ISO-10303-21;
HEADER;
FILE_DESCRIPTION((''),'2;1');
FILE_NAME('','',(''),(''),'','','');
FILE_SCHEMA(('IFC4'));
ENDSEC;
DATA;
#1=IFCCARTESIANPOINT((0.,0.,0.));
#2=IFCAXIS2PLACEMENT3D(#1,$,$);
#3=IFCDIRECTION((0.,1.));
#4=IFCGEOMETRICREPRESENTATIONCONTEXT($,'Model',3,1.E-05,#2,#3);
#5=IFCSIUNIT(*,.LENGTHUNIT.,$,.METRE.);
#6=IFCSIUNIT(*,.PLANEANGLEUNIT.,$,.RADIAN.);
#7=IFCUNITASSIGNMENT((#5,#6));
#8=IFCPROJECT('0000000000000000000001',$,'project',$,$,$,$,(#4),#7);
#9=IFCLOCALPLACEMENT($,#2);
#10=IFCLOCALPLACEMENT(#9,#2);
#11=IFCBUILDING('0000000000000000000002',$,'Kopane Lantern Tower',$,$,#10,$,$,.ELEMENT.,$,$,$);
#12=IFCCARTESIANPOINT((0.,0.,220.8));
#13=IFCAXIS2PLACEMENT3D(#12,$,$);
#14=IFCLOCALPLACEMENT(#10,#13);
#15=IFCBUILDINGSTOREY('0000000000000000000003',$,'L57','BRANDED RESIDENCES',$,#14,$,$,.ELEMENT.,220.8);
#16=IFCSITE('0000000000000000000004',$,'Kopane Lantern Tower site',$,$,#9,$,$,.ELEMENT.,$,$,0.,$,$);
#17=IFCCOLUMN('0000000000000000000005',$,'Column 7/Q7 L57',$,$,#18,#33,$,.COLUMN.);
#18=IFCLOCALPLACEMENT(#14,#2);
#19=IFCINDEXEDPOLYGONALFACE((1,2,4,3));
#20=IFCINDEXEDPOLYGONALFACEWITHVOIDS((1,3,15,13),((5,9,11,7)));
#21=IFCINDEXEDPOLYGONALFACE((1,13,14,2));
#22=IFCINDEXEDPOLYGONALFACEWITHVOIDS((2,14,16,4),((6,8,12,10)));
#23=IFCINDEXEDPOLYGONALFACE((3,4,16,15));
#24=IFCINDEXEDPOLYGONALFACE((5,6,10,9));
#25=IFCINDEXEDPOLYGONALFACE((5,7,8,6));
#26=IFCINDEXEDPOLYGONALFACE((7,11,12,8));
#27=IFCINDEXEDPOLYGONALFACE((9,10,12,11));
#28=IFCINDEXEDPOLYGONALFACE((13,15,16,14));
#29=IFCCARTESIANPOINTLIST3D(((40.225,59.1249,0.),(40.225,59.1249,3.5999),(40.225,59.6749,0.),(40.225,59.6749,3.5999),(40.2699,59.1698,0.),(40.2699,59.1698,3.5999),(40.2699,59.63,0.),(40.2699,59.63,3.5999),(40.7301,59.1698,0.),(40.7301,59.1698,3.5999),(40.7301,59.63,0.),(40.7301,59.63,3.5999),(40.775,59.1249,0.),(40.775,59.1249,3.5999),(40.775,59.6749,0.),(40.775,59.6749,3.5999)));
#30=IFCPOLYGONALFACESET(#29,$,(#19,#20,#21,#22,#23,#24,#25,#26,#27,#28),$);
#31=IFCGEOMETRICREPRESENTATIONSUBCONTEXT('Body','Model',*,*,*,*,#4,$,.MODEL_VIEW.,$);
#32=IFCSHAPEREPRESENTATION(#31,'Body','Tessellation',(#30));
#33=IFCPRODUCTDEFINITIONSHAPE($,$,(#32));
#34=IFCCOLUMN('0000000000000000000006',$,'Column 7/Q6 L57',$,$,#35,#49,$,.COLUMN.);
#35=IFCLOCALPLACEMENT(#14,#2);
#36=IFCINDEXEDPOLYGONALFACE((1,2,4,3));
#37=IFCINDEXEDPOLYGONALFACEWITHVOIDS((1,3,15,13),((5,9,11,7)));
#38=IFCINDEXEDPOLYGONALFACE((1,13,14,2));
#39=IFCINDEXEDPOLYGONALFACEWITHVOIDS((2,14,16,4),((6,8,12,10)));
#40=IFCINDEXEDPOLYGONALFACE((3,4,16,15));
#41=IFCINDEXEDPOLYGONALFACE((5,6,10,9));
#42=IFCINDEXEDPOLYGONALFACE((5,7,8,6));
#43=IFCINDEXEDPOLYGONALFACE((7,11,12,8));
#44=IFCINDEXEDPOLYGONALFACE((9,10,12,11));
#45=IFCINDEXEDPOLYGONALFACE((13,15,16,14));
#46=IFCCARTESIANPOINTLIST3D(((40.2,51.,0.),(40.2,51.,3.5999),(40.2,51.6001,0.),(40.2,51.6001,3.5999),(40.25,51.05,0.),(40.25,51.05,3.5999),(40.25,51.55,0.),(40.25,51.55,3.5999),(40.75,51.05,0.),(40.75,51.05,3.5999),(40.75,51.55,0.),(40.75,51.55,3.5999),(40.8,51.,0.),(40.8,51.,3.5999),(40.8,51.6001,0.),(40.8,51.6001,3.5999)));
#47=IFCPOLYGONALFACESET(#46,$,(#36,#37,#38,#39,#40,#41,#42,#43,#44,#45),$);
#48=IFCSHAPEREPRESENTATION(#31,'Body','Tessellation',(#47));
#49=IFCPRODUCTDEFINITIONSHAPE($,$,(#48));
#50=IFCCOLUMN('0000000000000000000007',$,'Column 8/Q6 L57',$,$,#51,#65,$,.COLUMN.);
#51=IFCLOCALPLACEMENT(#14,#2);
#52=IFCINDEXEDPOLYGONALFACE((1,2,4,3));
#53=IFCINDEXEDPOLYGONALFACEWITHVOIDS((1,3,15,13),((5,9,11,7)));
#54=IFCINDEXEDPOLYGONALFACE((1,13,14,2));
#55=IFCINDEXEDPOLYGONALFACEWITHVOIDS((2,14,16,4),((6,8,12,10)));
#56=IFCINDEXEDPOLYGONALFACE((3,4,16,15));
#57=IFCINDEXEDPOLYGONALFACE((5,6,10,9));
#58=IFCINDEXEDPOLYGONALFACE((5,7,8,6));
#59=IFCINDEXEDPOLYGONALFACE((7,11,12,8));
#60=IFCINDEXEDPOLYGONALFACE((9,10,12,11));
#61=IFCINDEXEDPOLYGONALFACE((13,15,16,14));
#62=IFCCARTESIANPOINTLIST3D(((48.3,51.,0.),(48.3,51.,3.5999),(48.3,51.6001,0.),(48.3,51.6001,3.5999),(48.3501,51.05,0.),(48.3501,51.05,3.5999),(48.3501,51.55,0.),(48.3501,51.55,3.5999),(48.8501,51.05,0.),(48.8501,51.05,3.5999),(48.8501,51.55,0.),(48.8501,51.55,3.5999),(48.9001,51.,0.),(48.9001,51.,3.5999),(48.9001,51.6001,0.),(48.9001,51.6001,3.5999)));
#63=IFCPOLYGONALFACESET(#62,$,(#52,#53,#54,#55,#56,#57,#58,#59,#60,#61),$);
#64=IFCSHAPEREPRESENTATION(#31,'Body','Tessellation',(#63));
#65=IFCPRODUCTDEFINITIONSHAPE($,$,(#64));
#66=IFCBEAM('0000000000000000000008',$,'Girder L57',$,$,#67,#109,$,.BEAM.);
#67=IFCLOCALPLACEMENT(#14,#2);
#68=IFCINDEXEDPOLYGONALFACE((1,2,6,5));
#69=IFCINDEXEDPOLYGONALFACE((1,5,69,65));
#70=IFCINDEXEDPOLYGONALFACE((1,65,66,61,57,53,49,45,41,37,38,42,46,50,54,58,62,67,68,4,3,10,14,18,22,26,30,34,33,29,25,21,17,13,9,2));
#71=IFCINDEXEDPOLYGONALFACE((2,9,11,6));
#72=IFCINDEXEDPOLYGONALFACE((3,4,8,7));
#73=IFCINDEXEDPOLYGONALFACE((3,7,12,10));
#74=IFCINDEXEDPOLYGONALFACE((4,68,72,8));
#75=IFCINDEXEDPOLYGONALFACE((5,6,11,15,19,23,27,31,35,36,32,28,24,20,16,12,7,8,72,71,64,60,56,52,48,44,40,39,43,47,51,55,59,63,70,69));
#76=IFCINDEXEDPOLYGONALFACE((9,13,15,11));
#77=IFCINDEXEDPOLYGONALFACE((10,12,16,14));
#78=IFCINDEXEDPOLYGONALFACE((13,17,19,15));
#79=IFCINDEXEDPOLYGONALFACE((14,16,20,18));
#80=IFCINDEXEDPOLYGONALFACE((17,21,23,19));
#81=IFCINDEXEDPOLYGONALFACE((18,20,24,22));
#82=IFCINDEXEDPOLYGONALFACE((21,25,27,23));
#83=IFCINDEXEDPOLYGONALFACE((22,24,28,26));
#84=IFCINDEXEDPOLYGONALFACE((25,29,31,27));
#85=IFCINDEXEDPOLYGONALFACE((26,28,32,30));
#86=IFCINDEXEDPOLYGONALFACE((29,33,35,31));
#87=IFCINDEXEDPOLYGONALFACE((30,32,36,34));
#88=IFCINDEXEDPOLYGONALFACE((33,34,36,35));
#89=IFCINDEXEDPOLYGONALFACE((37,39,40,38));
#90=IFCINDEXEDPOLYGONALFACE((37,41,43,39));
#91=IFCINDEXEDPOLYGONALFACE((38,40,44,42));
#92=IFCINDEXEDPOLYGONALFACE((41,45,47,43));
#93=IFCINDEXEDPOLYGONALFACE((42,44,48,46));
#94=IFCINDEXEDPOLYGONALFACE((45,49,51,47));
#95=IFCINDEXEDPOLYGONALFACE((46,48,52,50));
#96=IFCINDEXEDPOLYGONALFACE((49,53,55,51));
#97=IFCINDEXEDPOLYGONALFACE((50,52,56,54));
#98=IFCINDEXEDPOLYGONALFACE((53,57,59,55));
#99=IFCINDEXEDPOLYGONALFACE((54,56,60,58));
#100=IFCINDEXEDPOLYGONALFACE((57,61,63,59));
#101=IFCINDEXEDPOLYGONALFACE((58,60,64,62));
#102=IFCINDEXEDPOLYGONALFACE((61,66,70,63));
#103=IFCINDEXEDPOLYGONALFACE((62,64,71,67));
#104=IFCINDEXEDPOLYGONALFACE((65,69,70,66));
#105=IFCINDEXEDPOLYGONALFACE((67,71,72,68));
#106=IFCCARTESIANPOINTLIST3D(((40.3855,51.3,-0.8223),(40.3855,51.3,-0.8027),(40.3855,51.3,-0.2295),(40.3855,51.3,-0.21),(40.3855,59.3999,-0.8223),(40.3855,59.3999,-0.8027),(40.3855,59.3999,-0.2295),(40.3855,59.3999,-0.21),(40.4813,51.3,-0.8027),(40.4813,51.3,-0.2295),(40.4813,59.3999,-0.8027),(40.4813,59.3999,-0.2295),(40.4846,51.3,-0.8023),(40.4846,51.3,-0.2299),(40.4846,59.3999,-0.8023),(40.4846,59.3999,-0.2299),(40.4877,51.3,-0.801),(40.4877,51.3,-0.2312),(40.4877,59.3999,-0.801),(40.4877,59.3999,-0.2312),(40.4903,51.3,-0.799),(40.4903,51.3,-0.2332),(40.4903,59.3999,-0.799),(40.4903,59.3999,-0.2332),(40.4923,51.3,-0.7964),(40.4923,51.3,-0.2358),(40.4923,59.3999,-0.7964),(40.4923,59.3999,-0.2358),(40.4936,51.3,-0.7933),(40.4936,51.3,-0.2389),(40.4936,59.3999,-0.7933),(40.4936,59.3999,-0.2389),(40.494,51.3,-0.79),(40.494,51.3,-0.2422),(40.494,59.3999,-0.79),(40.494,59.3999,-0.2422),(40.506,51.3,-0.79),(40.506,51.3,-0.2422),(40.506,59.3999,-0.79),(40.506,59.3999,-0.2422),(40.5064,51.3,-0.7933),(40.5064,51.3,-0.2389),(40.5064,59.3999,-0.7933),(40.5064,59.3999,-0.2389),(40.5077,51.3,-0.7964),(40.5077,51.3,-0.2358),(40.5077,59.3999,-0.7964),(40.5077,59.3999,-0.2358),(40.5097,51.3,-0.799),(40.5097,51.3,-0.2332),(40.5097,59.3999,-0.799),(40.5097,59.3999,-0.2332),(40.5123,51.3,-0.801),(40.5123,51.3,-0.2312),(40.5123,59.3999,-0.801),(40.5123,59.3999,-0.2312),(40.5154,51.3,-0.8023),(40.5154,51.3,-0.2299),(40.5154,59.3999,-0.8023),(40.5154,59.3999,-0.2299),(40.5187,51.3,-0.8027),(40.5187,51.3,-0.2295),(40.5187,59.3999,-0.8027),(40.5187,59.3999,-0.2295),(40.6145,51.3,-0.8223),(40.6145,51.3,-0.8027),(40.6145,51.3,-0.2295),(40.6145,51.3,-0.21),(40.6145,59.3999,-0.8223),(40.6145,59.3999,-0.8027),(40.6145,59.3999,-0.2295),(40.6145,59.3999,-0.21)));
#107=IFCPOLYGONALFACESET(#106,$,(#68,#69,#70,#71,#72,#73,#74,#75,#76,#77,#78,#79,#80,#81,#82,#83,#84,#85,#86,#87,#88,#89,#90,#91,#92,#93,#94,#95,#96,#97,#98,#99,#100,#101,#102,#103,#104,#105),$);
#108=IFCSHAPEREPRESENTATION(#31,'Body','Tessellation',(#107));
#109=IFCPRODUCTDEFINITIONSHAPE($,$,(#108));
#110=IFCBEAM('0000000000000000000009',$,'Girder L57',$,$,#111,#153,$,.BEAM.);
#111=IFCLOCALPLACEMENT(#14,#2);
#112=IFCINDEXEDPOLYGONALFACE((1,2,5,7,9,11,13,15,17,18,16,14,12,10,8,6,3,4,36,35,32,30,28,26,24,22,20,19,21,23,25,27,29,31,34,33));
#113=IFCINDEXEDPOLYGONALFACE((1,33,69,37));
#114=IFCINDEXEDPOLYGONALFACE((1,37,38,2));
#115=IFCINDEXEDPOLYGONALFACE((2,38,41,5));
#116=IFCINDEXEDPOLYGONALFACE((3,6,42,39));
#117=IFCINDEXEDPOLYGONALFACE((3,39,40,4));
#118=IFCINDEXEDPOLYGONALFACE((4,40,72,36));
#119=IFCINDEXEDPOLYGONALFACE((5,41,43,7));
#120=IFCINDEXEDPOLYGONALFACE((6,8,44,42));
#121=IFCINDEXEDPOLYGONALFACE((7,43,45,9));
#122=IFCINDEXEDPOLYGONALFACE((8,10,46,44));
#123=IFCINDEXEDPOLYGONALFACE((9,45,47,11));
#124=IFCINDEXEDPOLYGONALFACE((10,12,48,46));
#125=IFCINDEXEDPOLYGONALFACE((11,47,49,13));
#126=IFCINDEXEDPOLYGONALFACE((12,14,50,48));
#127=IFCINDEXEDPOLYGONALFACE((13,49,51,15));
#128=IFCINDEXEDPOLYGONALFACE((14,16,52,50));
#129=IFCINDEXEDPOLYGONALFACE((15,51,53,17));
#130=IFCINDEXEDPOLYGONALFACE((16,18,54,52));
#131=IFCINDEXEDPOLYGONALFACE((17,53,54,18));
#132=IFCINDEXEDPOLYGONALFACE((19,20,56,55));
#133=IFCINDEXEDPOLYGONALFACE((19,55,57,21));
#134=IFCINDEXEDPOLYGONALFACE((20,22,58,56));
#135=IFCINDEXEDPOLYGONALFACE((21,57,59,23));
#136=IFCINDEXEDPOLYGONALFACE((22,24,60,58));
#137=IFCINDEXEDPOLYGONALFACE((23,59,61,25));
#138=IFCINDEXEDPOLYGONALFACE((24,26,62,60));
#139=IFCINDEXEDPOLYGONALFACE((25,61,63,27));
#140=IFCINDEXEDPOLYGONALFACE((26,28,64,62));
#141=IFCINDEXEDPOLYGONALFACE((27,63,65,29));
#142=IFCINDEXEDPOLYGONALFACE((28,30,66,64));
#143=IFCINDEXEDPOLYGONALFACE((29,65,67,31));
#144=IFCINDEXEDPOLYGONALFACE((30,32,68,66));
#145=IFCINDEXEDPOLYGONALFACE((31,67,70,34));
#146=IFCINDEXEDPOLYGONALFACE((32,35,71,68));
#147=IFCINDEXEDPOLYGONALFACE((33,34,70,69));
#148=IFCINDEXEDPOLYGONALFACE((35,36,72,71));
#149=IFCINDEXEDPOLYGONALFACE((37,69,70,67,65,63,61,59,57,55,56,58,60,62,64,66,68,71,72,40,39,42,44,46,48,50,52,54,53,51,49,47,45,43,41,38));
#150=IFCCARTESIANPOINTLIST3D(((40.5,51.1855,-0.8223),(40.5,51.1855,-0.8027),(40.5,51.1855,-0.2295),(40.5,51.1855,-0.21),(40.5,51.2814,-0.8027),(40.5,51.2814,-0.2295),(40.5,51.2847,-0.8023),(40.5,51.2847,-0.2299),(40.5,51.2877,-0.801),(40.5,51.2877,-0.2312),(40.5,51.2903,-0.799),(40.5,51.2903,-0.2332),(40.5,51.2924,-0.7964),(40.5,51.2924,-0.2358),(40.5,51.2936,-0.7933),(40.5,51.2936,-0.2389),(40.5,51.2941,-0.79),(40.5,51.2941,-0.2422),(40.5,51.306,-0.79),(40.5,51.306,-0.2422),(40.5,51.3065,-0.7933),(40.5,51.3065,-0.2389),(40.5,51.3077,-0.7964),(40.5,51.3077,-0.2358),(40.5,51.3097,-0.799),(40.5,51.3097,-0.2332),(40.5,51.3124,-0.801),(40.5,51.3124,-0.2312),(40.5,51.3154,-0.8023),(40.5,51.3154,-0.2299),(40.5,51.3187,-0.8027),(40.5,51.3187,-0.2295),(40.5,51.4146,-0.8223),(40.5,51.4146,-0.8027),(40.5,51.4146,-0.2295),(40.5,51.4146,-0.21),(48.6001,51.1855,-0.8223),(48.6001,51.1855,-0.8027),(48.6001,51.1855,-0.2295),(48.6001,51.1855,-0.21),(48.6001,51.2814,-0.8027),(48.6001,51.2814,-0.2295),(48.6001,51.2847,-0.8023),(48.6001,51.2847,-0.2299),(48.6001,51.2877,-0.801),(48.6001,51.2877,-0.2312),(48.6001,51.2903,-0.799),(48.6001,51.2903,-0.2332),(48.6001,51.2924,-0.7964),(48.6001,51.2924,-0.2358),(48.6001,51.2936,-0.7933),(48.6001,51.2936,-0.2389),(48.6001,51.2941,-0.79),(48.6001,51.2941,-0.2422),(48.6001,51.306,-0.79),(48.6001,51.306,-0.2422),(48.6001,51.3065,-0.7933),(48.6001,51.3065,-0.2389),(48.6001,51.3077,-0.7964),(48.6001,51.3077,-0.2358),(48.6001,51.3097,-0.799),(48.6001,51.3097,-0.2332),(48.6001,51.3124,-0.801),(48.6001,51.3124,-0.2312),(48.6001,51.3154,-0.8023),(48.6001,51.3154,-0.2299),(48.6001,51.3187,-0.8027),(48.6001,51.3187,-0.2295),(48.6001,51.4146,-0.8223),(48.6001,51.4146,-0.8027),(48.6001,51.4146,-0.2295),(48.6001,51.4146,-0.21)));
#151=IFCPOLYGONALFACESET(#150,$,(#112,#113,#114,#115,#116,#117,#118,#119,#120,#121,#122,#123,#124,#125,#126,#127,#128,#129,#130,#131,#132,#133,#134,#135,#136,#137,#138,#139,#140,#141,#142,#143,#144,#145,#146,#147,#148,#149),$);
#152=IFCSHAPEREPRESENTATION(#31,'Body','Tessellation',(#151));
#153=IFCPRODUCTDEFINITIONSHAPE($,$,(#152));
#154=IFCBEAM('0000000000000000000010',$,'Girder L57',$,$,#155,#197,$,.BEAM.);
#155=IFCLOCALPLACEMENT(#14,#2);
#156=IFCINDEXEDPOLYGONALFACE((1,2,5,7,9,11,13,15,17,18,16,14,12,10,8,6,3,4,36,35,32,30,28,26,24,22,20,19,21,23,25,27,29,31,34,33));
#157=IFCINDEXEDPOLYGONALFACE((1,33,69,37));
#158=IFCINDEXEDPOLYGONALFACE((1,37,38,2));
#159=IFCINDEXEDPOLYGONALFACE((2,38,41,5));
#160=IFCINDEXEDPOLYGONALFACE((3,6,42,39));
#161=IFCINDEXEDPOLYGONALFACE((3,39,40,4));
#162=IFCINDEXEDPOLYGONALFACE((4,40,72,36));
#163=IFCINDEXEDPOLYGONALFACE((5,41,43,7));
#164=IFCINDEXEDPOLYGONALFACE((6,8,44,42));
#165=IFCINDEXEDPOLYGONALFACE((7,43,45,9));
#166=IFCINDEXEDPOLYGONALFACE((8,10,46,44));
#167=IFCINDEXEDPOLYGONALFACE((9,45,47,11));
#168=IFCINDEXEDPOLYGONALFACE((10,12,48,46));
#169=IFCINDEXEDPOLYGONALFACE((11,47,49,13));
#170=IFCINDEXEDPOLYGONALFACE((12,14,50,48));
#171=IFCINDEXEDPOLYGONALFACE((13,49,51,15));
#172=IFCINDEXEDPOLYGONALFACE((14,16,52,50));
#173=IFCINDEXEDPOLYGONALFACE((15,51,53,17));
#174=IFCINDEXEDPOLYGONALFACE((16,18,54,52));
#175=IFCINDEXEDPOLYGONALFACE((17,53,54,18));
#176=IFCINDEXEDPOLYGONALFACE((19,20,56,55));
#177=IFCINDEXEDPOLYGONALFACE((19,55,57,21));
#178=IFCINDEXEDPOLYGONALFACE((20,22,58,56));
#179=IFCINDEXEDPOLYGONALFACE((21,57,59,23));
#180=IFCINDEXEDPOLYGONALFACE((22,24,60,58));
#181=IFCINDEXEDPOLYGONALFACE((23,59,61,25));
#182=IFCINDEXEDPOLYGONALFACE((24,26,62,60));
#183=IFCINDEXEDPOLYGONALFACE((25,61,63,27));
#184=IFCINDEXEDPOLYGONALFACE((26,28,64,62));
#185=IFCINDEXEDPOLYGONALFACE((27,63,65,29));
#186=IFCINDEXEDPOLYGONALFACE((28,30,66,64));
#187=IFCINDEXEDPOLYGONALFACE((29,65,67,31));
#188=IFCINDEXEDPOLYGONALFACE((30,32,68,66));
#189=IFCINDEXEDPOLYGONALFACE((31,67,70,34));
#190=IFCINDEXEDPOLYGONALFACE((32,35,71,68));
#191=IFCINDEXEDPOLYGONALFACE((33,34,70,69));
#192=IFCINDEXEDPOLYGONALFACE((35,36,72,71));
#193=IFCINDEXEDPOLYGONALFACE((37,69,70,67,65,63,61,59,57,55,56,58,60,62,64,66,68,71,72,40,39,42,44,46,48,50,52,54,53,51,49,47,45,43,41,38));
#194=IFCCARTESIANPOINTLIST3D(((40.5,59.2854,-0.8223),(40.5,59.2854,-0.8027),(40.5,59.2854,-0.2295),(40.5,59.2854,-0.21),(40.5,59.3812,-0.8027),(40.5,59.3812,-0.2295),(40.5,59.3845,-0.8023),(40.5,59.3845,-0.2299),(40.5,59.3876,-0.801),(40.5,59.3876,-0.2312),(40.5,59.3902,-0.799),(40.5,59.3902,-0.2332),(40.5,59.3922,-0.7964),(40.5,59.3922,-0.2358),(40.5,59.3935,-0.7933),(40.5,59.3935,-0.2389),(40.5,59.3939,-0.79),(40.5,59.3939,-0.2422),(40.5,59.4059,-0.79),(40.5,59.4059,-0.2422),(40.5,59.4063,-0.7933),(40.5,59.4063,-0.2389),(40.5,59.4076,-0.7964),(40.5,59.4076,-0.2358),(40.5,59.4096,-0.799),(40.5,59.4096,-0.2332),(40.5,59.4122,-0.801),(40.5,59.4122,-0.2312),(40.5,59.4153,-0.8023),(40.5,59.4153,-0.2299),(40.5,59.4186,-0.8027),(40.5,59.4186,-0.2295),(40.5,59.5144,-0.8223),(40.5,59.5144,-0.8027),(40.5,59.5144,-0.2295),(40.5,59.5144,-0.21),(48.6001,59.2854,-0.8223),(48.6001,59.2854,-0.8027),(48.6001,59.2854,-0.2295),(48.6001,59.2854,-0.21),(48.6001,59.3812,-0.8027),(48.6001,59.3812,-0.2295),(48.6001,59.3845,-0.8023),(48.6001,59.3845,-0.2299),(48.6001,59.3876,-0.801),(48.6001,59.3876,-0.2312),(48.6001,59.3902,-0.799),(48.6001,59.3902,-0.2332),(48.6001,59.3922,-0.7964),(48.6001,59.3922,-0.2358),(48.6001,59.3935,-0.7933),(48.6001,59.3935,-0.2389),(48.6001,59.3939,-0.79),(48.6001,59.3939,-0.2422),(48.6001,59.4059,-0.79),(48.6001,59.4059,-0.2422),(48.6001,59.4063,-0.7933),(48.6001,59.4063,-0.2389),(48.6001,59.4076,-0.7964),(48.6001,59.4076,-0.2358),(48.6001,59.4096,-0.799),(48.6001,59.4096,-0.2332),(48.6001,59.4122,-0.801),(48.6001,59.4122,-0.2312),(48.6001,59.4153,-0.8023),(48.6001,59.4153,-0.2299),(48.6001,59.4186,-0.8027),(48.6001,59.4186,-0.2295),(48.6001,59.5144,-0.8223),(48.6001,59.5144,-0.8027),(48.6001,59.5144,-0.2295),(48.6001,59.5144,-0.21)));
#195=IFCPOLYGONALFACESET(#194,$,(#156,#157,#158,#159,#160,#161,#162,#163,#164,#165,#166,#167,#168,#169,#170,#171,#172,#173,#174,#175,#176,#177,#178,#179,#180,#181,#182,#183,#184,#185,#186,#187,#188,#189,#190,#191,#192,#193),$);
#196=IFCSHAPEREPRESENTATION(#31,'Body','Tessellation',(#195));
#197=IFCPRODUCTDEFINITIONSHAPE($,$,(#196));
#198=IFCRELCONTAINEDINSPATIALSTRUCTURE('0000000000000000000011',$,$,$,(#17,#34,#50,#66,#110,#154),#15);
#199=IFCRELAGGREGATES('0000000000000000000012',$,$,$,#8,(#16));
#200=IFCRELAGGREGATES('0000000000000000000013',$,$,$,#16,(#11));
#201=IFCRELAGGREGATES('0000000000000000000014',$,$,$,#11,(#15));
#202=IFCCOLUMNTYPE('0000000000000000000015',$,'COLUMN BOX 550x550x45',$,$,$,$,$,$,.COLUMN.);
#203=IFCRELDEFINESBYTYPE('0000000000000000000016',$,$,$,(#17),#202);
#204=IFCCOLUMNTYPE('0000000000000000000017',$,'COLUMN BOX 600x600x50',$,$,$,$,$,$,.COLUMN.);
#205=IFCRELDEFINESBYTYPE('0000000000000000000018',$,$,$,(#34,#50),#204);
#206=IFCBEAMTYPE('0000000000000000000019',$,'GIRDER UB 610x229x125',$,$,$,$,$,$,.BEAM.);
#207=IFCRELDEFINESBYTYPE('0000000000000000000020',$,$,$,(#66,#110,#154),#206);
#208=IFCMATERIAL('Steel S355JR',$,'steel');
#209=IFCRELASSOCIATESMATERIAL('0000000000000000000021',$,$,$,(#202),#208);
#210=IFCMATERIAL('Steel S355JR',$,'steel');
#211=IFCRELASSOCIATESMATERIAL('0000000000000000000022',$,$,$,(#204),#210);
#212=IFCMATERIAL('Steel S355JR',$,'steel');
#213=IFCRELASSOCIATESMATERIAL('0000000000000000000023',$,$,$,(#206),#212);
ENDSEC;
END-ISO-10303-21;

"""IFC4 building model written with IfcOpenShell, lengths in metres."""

from ifc_helpers import new_model, si_unit, direction, frame, origin, origin_2d, place, context, subcontext, project, spatial, hollow_rectangle, i_section, extrude, material, material_profile, profile_set, type_object, element, save


model = new_model("IFC4")

# Units and contexts
model_context = context("Model", 3, precision=1e-05, world=origin(), true_north=direction((0.0, 1.0)))
body_context = subcontext(model_context, "Body", "Model", "MODEL_VIEW")
ifc_project = project(units=[si_unit("LENGTHUNIT", "METRE"), si_unit("PLANEANGLEUNIT", "RADIAN")], contexts=[model_context])

# Site, building, storey
site_placement = place(None, origin())
site = spatial("IfcSite", under=ifc_project, at=site_placement, Name="Kopane Lantern Tower site", CompositionType="ELEMENT", RefElevation=0.0)
building_placement = place(site_placement, origin())
building = spatial("IfcBuilding", under=site, at=building_placement, Name="Kopane Lantern Tower", CompositionType="ELEMENT")
storey_placement = place(building_placement, frame((0.0, 0.0, 220.8)))
storey = spatial("IfcBuildingStorey", under=building, at=storey_placement, Name="L57", Description="BRANDED RESIDENCES", CompositionType="ELEMENT", Elevation=220.8)

# Columns
ifc_material_1 = material(Name="Steel S355JR", Category="steel")
ifc_material_profile_1 = material_profile(ifc_material_1, hollow_rectangle(XDim=0.55, YDim=0.55, WallThickness=0.0449, at=origin_2d()), Name="BOX 550x550x45")
ifc_profile_set_1 = profile_set([ifc_material_profile_1], Name="Steel S355JR")
column_type_1 = type_object("IfcColumnType", Name="COLUMN BOX 550x550x45", PredefinedType="COLUMN", material=ifc_profile_set_1)
column_placement = place(storey_placement, frame((40.5, 59.3999, 0.0), z_axis=(0.0, 0.0, 1.0), x_axis=(1.0, 0.0, 0.0)))
element("IfcColumn", 1, at=column_placement, inside=storey, type_object=column_type_1, Name="Column 7/Q7 L57", PredefinedType="COLUMN", context=body_context, shape_type="SweptSolid", body=[
    extrude(hollow_rectangle(XDim=0.55, YDim=0.55, WallThickness=0.0449, at=origin_2d()), origin(), (0.0, 0.0, 1.0), 3.5999),
])
ifc_material_2 = material(Name="Steel S355JR", Category="steel")
ifc_material_profile_2 = material_profile(ifc_material_2, hollow_rectangle(XDim=0.6001, YDim=0.6001, WallThickness=0.05, at=origin_2d()), Name="BOX 600x600x50")
ifc_profile_set_2 = profile_set([ifc_material_profile_2], Name="Steel S355JR")
column_type_2 = type_object("IfcColumnType", Name="COLUMN BOX 600x600x50", PredefinedType="COLUMN", material=ifc_profile_set_2)
for number, where, z_axis, x_axis, name in (
    (2, (40.5, 51.3, 0.0), (0.0, 0.0, 1.0), (1.0, 0.0, 0.0), "Column 7/Q6 L57"),
    (3, (48.6001, 51.3, 0.0), (0.0, 0.0, 1.0), (1.0, 0.0, 0.0), "Column 8/Q6 L57"),
):
    element("IfcColumn", number, at=place(storey_placement, frame(where, z_axis=z_axis, x_axis=x_axis)), inside=storey, type_object=column_type_2, Name=name, PredefinedType="COLUMN", context=body_context, shape_type="SweptSolid", body=[
        extrude(hollow_rectangle(XDim=0.6001, YDim=0.6001, WallThickness=0.05, at=origin_2d()), origin(), (0.0, 0.0, 1.0), 3.5999),
    ])

# Beams
ifc_material_3 = material(Name="Steel S355JR", Category="steel")
ifc_material_profile_3 = material_profile(ifc_material_3, i_section(OverallWidth=0.229, OverallDepth=0.6123, WebThickness=0.012, FlangeThickness=0.0195, FilletRadius=0.0127, at=origin_2d()), Name="UB 610x229x125")
ifc_profile_set_3 = profile_set([ifc_material_profile_3], Name="Steel S355JR")
beam_type = type_object("IfcBeamType", Name="GIRDER UB 610x229x125", PredefinedType="BEAM", material=ifc_profile_set_3)
beam_placement = place(storey_placement, frame((40.5, 51.3, -0.5161), z_axis=(0.0, 1.0, 0.0), x_axis=(-1.0, 0.0, 0.0)))
element("IfcBeam", 4, at=beam_placement, inside=storey, type_object=beam_type, Name="Girder L57", PredefinedType="BEAM", context=body_context, shape_type="SweptSolid", body=[
    extrude(i_section(OverallWidth=0.229, OverallDepth=0.6123, WebThickness=0.012, FlangeThickness=0.0195, FilletRadius=0.0127, at=origin_2d()), origin(), (0.0, 0.0, 1.0), 8.0999),
])
for number, where, z_axis, x_axis, name in (
    (5, (40.5, 51.3, -0.5161), (1.0, 0.0, 0.0), (0.0, 1.0, 0.0), "Girder L57"),
    (6, (40.5, 59.3999, -0.5161), (1.0, 0.0, 0.0), (0.0, 1.0, 0.0), "Girder L57"),
):
    element("IfcBeam", number, at=place(storey_placement, frame(where, z_axis=z_axis, x_axis=x_axis)), inside=storey, type_object=beam_type, Name=name, PredefinedType="BEAM", context=body_context, shape_type="SweptSolid", body=[
        extrude(i_section(OverallWidth=0.229, OverallDepth=0.6123, WebThickness=0.012, FlangeThickness=0.0195, FilletRadius=0.0127, at=origin_2d()), origin(), (0.0, 0.0, 1.0), 8.1001),
    ])

save(model, "model.ifc")
